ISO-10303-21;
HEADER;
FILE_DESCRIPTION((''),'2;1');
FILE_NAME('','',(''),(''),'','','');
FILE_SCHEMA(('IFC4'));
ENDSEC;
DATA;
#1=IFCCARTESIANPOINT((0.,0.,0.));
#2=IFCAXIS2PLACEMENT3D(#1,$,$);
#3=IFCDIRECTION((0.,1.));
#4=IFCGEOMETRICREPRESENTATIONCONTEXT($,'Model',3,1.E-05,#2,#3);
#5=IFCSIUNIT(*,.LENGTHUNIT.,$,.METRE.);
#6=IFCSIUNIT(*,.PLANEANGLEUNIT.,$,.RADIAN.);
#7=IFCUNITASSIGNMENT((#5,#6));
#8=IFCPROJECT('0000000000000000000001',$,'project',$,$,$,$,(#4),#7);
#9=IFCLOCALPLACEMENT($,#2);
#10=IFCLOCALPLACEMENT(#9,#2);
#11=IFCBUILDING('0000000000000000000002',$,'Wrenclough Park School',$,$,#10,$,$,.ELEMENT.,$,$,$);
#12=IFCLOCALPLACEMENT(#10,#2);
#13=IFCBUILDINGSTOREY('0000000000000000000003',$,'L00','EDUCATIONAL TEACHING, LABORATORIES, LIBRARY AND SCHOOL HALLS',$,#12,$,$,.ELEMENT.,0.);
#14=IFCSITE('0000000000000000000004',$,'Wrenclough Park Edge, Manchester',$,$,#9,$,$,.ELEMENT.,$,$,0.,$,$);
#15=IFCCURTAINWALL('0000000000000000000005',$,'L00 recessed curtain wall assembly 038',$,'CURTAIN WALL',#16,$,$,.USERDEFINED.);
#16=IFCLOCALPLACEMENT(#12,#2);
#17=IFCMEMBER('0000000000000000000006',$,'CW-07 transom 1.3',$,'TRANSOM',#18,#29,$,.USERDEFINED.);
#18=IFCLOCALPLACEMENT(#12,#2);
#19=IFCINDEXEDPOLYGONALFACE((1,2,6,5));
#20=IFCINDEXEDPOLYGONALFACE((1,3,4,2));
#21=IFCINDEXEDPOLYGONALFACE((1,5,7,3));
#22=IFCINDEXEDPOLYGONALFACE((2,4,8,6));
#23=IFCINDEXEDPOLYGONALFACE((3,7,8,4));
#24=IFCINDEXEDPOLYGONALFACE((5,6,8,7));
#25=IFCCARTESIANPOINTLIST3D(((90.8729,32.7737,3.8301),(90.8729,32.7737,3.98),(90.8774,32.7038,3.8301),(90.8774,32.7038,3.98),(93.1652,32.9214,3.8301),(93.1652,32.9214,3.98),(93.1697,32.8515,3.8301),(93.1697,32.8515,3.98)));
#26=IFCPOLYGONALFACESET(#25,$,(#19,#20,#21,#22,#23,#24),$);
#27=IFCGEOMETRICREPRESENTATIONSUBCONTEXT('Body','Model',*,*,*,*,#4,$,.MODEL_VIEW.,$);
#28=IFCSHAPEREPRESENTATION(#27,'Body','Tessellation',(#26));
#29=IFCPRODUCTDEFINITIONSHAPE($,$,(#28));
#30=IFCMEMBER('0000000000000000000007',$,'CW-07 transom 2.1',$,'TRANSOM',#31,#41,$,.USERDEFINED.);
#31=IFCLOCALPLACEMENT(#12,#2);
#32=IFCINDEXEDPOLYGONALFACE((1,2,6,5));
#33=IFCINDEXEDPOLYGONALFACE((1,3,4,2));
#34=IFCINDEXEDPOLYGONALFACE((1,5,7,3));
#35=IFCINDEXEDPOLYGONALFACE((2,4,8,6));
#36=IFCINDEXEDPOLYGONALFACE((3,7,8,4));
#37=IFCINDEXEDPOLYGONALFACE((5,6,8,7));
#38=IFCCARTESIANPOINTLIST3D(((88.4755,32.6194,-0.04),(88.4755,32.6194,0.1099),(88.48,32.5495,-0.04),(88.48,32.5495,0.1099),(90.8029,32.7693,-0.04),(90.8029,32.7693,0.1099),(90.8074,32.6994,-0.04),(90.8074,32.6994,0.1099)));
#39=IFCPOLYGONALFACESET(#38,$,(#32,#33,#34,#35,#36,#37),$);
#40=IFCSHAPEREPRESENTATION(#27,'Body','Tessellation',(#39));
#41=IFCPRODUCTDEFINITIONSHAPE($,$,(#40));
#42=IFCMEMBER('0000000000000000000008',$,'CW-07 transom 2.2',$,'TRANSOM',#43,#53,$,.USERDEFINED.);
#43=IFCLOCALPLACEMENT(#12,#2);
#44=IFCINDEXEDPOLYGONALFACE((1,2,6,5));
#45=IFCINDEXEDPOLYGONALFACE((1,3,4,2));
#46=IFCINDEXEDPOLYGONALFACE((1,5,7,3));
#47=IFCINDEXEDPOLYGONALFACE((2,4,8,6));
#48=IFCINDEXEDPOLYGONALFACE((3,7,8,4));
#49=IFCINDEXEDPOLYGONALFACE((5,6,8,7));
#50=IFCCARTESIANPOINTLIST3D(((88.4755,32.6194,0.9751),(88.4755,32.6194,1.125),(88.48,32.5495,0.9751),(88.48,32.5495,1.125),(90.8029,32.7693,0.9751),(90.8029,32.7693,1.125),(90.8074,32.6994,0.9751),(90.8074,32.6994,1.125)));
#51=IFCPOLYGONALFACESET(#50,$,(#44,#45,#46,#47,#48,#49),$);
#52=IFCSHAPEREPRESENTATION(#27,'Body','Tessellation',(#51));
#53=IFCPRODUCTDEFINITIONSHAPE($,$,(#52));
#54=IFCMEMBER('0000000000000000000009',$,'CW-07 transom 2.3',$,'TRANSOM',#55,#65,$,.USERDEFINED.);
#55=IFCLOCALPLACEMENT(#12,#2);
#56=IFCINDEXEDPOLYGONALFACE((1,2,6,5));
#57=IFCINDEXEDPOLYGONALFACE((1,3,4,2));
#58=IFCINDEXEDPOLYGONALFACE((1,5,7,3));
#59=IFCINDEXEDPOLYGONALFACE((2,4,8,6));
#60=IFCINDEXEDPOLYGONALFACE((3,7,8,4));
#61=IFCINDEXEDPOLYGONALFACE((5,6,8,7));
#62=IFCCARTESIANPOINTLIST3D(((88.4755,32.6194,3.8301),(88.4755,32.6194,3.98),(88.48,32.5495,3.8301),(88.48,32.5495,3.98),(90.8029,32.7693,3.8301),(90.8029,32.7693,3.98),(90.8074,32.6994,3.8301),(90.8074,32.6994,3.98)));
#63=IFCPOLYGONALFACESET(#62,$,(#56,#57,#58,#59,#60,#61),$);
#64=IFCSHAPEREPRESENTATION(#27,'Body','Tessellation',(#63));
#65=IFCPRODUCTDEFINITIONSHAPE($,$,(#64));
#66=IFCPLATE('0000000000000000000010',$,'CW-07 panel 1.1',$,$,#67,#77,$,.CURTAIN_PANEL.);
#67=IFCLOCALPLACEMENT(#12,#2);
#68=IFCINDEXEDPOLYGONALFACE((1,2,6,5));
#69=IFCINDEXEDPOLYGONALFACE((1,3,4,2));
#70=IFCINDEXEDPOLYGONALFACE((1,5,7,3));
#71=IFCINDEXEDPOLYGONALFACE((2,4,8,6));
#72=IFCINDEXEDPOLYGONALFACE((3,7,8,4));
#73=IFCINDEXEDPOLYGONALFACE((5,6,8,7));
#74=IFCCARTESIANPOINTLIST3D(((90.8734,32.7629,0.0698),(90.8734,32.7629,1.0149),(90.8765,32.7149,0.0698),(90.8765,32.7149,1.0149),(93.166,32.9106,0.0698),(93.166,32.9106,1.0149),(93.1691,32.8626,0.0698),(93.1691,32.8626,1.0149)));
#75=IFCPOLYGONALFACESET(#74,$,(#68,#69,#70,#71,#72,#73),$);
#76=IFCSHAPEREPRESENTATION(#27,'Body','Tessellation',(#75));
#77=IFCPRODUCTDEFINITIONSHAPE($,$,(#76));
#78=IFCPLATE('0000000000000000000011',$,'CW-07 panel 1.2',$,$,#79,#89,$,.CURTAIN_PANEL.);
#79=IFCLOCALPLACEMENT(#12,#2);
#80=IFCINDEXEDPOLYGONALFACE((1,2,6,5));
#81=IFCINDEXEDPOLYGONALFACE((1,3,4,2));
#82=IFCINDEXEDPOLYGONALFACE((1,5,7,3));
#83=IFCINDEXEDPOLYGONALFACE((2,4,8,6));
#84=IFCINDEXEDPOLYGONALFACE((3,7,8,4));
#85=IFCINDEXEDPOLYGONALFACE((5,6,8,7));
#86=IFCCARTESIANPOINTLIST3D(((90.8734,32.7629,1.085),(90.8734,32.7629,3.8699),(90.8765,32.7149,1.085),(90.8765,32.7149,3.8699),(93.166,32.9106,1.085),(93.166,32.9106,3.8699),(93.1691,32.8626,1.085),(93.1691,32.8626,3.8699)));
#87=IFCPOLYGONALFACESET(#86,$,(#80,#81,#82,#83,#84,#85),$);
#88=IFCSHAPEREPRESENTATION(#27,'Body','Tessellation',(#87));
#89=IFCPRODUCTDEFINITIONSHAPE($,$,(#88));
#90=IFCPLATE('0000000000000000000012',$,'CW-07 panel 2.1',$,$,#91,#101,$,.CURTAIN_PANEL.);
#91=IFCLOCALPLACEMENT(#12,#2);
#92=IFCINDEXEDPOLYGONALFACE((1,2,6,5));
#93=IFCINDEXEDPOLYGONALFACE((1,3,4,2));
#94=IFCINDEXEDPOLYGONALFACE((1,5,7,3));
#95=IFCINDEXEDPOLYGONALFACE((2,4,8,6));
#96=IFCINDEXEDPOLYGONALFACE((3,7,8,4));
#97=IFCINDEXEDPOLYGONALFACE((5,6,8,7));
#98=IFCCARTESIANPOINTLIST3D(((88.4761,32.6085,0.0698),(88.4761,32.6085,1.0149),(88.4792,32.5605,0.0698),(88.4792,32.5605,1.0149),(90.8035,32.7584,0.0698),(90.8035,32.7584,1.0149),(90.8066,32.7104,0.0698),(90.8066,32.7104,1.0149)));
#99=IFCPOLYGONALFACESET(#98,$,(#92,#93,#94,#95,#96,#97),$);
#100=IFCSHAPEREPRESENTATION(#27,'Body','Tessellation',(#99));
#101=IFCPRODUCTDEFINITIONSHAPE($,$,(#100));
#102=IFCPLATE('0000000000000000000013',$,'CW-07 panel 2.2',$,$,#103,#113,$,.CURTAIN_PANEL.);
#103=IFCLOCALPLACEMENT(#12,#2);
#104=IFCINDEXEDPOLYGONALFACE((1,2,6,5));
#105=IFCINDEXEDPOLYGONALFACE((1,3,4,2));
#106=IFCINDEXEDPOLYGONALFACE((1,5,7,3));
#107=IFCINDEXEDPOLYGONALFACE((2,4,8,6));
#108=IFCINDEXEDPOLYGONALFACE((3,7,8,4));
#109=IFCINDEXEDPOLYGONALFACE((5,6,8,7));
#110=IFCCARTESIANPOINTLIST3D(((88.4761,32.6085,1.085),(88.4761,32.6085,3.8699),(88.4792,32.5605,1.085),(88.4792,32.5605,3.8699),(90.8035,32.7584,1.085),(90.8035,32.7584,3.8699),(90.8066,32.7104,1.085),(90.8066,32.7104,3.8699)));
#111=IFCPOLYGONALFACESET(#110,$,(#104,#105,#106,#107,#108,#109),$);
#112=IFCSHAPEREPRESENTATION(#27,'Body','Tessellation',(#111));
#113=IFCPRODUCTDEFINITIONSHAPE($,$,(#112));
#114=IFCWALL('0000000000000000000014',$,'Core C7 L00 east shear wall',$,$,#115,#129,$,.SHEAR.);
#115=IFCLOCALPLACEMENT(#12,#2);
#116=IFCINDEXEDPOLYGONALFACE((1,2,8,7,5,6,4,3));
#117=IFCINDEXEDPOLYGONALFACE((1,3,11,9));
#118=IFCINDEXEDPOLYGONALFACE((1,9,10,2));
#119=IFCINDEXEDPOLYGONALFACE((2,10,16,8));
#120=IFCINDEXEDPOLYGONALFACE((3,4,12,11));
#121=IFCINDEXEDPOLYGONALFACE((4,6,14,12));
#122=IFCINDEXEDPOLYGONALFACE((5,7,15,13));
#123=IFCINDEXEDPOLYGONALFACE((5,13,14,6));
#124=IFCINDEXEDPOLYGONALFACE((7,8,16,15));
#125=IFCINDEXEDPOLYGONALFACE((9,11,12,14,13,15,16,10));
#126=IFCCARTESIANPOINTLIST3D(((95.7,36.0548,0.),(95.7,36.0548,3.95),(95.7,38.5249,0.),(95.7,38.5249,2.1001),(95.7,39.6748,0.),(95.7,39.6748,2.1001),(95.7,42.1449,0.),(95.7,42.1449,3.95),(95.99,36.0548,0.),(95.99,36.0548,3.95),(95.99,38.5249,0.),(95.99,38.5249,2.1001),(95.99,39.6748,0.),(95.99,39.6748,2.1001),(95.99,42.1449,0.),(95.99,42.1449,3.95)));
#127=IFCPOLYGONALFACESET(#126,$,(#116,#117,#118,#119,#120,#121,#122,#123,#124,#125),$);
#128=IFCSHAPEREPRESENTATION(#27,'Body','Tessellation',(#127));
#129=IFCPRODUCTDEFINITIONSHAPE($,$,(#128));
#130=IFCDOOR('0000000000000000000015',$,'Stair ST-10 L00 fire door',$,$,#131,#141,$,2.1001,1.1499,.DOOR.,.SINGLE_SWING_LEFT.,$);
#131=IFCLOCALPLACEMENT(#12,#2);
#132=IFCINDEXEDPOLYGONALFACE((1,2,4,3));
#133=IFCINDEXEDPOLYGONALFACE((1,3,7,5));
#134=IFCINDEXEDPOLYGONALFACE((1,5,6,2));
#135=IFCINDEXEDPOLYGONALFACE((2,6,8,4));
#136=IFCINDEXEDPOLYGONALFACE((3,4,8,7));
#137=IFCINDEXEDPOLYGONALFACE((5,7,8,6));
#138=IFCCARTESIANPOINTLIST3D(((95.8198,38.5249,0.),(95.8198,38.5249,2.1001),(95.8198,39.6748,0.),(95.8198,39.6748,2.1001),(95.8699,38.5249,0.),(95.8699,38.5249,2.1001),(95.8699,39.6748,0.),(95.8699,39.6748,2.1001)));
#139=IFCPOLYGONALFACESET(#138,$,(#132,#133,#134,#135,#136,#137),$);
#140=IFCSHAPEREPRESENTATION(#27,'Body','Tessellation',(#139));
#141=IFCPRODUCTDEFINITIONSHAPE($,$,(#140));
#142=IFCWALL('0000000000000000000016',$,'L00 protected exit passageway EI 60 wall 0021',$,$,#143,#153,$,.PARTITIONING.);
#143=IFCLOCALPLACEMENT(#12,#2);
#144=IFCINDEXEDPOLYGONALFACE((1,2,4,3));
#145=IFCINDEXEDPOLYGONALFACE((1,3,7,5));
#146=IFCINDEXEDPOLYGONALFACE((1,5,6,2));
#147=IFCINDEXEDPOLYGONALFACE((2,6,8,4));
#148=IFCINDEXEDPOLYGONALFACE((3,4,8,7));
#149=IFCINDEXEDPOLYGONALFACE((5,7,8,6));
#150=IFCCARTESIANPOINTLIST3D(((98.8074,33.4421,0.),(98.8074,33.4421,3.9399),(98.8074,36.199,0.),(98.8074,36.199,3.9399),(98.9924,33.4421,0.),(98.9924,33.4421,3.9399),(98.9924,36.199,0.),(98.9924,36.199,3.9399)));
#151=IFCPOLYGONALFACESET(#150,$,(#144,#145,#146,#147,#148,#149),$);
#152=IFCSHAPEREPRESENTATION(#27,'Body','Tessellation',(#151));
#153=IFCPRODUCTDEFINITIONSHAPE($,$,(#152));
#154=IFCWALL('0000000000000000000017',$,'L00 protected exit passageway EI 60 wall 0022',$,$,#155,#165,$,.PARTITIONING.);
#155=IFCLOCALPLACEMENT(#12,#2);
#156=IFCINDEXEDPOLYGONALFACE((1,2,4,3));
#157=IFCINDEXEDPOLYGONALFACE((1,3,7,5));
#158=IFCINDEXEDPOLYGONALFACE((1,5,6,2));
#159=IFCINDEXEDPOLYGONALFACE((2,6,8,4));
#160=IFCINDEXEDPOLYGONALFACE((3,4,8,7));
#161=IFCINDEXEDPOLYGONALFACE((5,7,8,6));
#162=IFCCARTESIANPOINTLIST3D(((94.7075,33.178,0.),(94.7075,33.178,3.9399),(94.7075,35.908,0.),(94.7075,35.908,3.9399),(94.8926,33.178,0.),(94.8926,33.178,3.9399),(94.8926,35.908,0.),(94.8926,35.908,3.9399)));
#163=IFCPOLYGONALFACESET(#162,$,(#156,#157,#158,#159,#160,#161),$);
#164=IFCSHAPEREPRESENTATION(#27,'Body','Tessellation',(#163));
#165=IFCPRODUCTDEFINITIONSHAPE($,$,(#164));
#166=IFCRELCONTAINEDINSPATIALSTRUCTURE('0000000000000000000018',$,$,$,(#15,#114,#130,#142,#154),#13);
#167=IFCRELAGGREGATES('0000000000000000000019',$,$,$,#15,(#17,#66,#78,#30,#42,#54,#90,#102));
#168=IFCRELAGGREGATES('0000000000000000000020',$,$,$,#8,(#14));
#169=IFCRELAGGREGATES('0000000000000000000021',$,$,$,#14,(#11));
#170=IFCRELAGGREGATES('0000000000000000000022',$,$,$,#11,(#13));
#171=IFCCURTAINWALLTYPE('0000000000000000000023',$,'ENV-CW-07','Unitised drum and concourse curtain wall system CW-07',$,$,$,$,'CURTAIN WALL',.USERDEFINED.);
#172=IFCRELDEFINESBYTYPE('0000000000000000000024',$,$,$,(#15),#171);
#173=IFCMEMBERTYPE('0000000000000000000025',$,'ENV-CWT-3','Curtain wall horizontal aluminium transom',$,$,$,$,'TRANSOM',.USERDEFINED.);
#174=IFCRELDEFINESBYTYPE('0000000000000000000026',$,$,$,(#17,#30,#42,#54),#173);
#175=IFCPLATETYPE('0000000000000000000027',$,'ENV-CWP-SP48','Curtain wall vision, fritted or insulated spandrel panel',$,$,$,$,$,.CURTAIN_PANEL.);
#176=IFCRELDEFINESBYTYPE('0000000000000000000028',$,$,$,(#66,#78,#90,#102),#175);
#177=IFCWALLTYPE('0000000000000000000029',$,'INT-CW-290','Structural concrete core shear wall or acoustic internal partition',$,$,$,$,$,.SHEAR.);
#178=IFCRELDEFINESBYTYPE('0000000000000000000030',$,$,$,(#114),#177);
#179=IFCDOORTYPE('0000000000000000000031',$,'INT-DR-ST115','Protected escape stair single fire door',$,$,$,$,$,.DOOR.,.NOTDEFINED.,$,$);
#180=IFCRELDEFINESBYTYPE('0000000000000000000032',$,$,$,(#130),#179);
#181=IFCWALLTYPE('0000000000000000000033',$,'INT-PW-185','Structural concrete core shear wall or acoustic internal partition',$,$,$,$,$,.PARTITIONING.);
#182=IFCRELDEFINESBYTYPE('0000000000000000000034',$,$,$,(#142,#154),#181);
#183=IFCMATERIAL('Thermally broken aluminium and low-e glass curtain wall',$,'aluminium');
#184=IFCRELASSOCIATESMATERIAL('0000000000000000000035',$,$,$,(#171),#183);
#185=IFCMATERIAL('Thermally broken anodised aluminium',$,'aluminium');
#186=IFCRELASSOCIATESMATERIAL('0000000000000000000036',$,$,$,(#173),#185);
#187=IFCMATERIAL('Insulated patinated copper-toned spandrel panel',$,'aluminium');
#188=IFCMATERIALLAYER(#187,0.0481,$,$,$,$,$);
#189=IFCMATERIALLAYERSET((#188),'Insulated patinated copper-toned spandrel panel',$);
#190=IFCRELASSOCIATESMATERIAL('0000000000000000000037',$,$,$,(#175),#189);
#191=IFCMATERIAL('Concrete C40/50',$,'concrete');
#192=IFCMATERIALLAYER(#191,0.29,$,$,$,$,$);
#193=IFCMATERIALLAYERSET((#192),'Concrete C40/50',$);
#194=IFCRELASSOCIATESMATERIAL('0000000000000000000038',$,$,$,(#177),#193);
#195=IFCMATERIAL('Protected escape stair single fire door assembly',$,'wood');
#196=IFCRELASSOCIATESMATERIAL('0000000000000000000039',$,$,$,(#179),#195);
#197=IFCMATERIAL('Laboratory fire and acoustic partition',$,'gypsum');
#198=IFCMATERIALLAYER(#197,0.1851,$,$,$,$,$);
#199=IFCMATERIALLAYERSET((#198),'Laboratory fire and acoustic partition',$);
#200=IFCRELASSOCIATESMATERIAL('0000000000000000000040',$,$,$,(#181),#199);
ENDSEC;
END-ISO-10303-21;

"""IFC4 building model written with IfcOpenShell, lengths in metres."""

from ifc_helpers import new_model, si_unit, direction, frame, frame_2d, origin, origin_2d, place, context, subcontext, project, spatial, rectangle, extrude, material, layer, layer_set, material_profile, profile_set, type_object, element, fill, aggregate, save


model = new_model("IFC4")

# Units and contexts
model_context = context("Model", 3, precision=1e-05, world=origin(), true_north=direction((0.0, 1.0)))
body_context = subcontext(model_context, "Body", "Model", "MODEL_VIEW")
ifc_project = project(units=[si_unit("LENGTHUNIT", "METRE"), si_unit("PLANEANGLEUNIT", "RADIAN")], contexts=[model_context])

# Site, building, storey
site_placement = place(None, origin())
site = spatial("IfcSite", under=ifc_project, at=site_placement, Name="Wrenclough Park Edge, Manchester", CompositionType="ELEMENT", RefElevation=0.0)
building_placement = place(site_placement, origin())
building = spatial("IfcBuilding", under=site, at=building_placement, Name="Wrenclough Park School", CompositionType="ELEMENT")
storey_placement = place(building_placement, origin())
storey = spatial("IfcBuildingStorey", under=building, at=storey_placement, Name="L00", Description="EDUCATIONAL TEACHING, LABORATORIES, LIBRARY AND SCHOOL HALLS", CompositionType="ELEMENT", Elevation=0.0)

# Shared definitions
ifc_material_1 = material(Name="Concrete C40/50", Category="concrete")

# Curtain wall, members, plates
ifc_material_2 = material(Name="Thermally broken aluminium and low-e glass curtain wall", Category="aluminium")
curtain_wall_type = type_object("IfcCurtainWallType", Name="ENV-CW-07", Description="Unitised drum and concourse curtain wall system CW-07", ElementType="CURTAIN WALL", PredefinedType="USERDEFINED", material=ifc_material_2)
curtain_wall_placement = place(storey_placement, origin())
curtain_wall = element("IfcCurtainWall", 1, at=curtain_wall_placement, inside=storey, type_object=curtain_wall_type, Name="L00 recessed curtain wall assembly 038", ObjectType="CURTAIN WALL", PredefinedType="USERDEFINED")
ifc_material_3 = material(Name="Thermally broken anodised aluminium", Category="aluminium")
ifc_material_profile_1 = material_profile(ifc_material_3, rectangle(XDim=0.0701, YDim=0.1499, at=origin_2d()), Name="AL TRANSOM 70x150")
ifc_profile_set_1 = profile_set([ifc_material_profile_1], Name="Thermally broken anodised aluminium")
member_type_1 = type_object("IfcMemberType", Name="ENV-CWT-3", Description="Curtain wall horizontal aluminium transom", ElementType="TRANSOM", PredefinedType="USERDEFINED", material=ifc_profile_set_1)
member_1_placement = place(storey_placement, frame((93.1675, 32.8865, 3.905), z_axis=(-0.997931, -0.064297, 0.0), x_axis=(0.064297, -0.997931, 0.0)))
member_1 = element("IfcMember", 2, at=member_1_placement, type_object=member_type_1, Name="CW-07 transom 1.3", ObjectType="TRANSOM", PredefinedType="USERDEFINED", context=body_context, shape_type="SweptSolid", body=[
    extrude(rectangle(XDim=0.0701, YDim=0.1499, at=origin_2d()), origin(), (0.0, 0.0, 1.0), 2.2971),
])
member_2_placement = place(storey_placement, frame((90.8052, 32.7344, 0.0349), z_axis=(-0.997932, -0.064275, 0.0), x_axis=(0.064275, -0.997932, 0.0)))
member_2 = element("IfcMember", 3, at=member_2_placement, type_object=member_type_1, Name="CW-07 transom 2.1", ObjectType="TRANSOM", PredefinedType="USERDEFINED", context=body_context, shape_type="SweptSolid", body=[
    extrude(rectangle(XDim=0.0701, YDim=0.1499, at=origin_2d()), origin(), (0.0, 0.0, 1.0), 2.3323),
])
member_3_placement = place(storey_placement, frame((90.8052, 32.7344, 1.05), z_axis=(-0.997932, -0.064275, 0.0), x_axis=(0.064275, -0.997932, 0.0)))
member_3 = element("IfcMember", 4, at=member_3_placement, type_object=member_type_1, Name="CW-07 transom 2.2", ObjectType="TRANSOM", PredefinedType="USERDEFINED", context=body_context, shape_type="SweptSolid", body=[
    extrude(rectangle(XDim=0.0701, YDim=0.1499, at=origin_2d()), origin(), (0.0, 0.0, 1.0), 2.3323),
])
member_4_placement = place(storey_placement, frame((90.8052, 32.7344, 3.905), z_axis=(-0.997932, -0.064275, 0.0), x_axis=(0.064275, -0.997932, 0.0)))
member_4 = element("IfcMember", 5, at=member_4_placement, type_object=member_type_1, Name="CW-07 transom 2.3", ObjectType="TRANSOM", PredefinedType="USERDEFINED", context=body_context, shape_type="SweptSolid", body=[
    extrude(rectangle(XDim=0.0701, YDim=0.1499, at=origin_2d()), origin(), (0.0, 0.0, 1.0), 2.3323),
])
ifc_material_4 = material(Name="Insulated patinated copper-toned spandrel panel", Category="aluminium")
ifc_layer_1 = layer(ifc_material_4, 0.0481)
ifc_layer_set_1 = layer_set([ifc_layer_1], Name="Insulated patinated copper-toned spandrel panel")
plate_type = type_object("IfcPlateType", Name="ENV-CWP-SP48", Description="Curtain wall vision, fritted or insulated spandrel panel", PredefinedType="CURTAIN_PANEL", material=ifc_layer_set_1)
plate_1_placement = place(storey_placement, frame((92.0212, 32.8127, 0.0698), z_axis=(0.0, 0.0, 1.0), x_axis=(-0.997933, -0.064259, 0.0)))
plate_1 = element("IfcPlate", 6, at=plate_1_placement, type_object=plate_type, Name="CW-07 panel 1.1", PredefinedType="CURTAIN_PANEL", context=body_context, shape_type="SweptSolid", body=[
    extrude(rectangle(XDim=2.2974, YDim=0.0481, at=origin_2d()), origin(), (0.0, 0.0, 1.0), 0.9451),
])
plate_2_placement = place(storey_placement, frame((92.0212, 32.8127, 1.085), z_axis=(0.0, 0.0, 1.0), x_axis=(-0.997933, -0.064259, 0.0)))
plate_2 = element("IfcPlate", 7, at=plate_2_placement, type_object=plate_type, Name="CW-07 panel 1.2", PredefinedType="CURTAIN_PANEL", context=body_context, shape_type="SweptSolid", body=[
    extrude(rectangle(XDim=2.2974, YDim=0.0481, at=origin_2d()), origin(), (0.0, 0.0, 1.0), 2.7849),
])
plate_3_placement = place(storey_placement, frame((89.6414, 32.6594, 0.0698), z_axis=(0.0, 0.0, 1.0), x_axis=(-0.997933, -0.064259, 0.0)))
plate_3 = element("IfcPlate", 8, at=plate_3_placement, type_object=plate_type, Name="CW-07 panel 2.1", PredefinedType="CURTAIN_PANEL", context=body_context, shape_type="SweptSolid", body=[
    extrude(rectangle(XDim=2.3323, YDim=0.0481, at=origin_2d()), origin(), (0.0, 0.0, 1.0), 0.9451),
])
plate_4_placement = place(storey_placement, frame((89.6414, 32.6594, 1.085), z_axis=(0.0, 0.0, 1.0), x_axis=(-0.997933, -0.064259, 0.0)))
plate_4 = element("IfcPlate", 9, at=plate_4_placement, type_object=plate_type, Name="CW-07 panel 2.2", PredefinedType="CURTAIN_PANEL", context=body_context, shape_type="SweptSolid", body=[
    extrude(rectangle(XDim=2.3323, YDim=0.0481, at=origin_2d()), origin(), (0.0, 0.0, 1.0), 2.7849),
])
aggregate(curtain_wall, [member_1, plate_1, plate_2, member_2, member_3, member_4, plate_3, plate_4])

# Wall, opening, door
ifc_layer_2 = layer(ifc_material_1, 0.29)
ifc_layer_set_2 = layer_set([ifc_layer_2], Name="Concrete C40/50")
wall_type_1 = type_object("IfcWallType", Name="INT-CW-290", Description="Structural concrete core shear wall or acoustic internal partition", PredefinedType="SHEAR", material=ifc_layer_set_2)
wall_1_placement = place(storey_placement, frame((95.845, 36.0549, 0.0), z_axis=(0.0, 0.0, 1.0), x_axis=(0.0, 1.0, 0.0)))
wall_1 = element("IfcWall", 10, at=wall_1_placement, inside=storey, type_object=wall_type_1, Name="Core C7 L00 east shear wall", PredefinedType="SHEAR", context=body_context, shape_type="SweptSolid", body=[
    extrude(rectangle(XDim=6.0901, YDim=0.29, at=frame_2d((3.0449, 0.0))), origin(), (0.0, 0.0, 1.0), 3.95),
])
opening_1_placement = place(wall_1_placement, frame((2.47, 0.0, 0.0)))
opening_1 = element("IfcOpeningElement", 11, at=opening_1_placement, cuts=wall_1, PredefinedType="OPENING", context=body_context, shape_type="SweptSolid", body=[
    extrude(rectangle(XDim=1.1499, YDim=2.1001, at=frame_2d((0.575, 1.05))), frame((0.0, 0.155, 0.0), z_axis=(0.0, -1.0, 0.0), x_axis=(1.0, 0.0, 0.0)), (0.0, 0.0, 1.0), 0.3101),
])
ifc_material_5 = material(Name="Protected escape stair single fire door assembly", Category="wood")
door_type_1 = type_object("IfcDoorType", Name="INT-DR-ST115", Description="Protected escape stair single fire door", OperationType="NOTDEFINED", PredefinedType="DOOR", material=ifc_material_5)
door_1_placement = place(opening_1_placement, frame((1.1499, 0.0, 0.0), z_axis=(0.0, 0.0, 1.0), x_axis=(-1.0, 0.0, 0.0)))
door_1 = element("IfcDoor", 12, at=door_1_placement, inside=storey, type_object=door_type_1, Name="Stair ST-10 L00 fire door", OperationType="SINGLE_SWING_LEFT", OverallHeight=2.1001, OverallWidth=1.1499, PredefinedType="DOOR", context=body_context, shape_type="SweptSolid", body=[
    extrude(rectangle(XDim=1.1499, YDim=2.1001, at=frame_2d((0.575, 1.05))), frame((0.0, 0.0249, 0.0), z_axis=(0.0, -1.0, 0.0), x_axis=(1.0, 0.0, 0.0)), (0.0, 0.0, 1.0), 0.05),
])
fill(opening_1, door_1)

# Walls
ifc_material_6 = material(Name="Laboratory fire and acoustic partition", Category="gypsum")
ifc_layer_3 = layer(ifc_material_6, 0.1851)
ifc_layer_set_3 = layer_set([ifc_layer_3], Name="Laboratory fire and acoustic partition")
wall_type_2 = type_object("IfcWallType", Name="INT-PW-185", Description="Structural concrete core shear wall or acoustic internal partition", PredefinedType="PARTITIONING", material=ifc_layer_set_3)
wall_2_placement = place(storey_placement, frame((98.8999, 33.4421, 0.0), z_axis=(0.0, 0.0, 1.0), x_axis=(0.0, 1.0, 0.0)))
element("IfcWall", 13, at=wall_2_placement, inside=storey, type_object=wall_type_2, Name="L00 protected exit passageway EI 60 wall 0021", PredefinedType="PARTITIONING", context=body_context, shape_type="SweptSolid", body=[
    extrude(rectangle(XDim=2.7568, YDim=0.1851, at=frame_2d((1.3784, 0.0))), origin(), (0.0, 0.0, 1.0), 3.9399),
])
wall_3_placement = place(storey_placement, frame((94.8, 35.908, 0.0), z_axis=(0.0, 0.0, 1.0), x_axis=(0.0, -1.0, 0.0)))
element("IfcWall", 14, at=wall_3_placement, inside=storey, type_object=wall_type_2, Name="L00 protected exit passageway EI 60 wall 0022", PredefinedType="PARTITIONING", context=body_context, shape_type="SweptSolid", body=[
    extrude(rectangle(XDim=2.73, YDim=0.1851, at=frame_2d((1.365, 0.0))), origin(), (0.0, 0.0, 1.0), 3.9399),
])

save(model, "model.ifc")
